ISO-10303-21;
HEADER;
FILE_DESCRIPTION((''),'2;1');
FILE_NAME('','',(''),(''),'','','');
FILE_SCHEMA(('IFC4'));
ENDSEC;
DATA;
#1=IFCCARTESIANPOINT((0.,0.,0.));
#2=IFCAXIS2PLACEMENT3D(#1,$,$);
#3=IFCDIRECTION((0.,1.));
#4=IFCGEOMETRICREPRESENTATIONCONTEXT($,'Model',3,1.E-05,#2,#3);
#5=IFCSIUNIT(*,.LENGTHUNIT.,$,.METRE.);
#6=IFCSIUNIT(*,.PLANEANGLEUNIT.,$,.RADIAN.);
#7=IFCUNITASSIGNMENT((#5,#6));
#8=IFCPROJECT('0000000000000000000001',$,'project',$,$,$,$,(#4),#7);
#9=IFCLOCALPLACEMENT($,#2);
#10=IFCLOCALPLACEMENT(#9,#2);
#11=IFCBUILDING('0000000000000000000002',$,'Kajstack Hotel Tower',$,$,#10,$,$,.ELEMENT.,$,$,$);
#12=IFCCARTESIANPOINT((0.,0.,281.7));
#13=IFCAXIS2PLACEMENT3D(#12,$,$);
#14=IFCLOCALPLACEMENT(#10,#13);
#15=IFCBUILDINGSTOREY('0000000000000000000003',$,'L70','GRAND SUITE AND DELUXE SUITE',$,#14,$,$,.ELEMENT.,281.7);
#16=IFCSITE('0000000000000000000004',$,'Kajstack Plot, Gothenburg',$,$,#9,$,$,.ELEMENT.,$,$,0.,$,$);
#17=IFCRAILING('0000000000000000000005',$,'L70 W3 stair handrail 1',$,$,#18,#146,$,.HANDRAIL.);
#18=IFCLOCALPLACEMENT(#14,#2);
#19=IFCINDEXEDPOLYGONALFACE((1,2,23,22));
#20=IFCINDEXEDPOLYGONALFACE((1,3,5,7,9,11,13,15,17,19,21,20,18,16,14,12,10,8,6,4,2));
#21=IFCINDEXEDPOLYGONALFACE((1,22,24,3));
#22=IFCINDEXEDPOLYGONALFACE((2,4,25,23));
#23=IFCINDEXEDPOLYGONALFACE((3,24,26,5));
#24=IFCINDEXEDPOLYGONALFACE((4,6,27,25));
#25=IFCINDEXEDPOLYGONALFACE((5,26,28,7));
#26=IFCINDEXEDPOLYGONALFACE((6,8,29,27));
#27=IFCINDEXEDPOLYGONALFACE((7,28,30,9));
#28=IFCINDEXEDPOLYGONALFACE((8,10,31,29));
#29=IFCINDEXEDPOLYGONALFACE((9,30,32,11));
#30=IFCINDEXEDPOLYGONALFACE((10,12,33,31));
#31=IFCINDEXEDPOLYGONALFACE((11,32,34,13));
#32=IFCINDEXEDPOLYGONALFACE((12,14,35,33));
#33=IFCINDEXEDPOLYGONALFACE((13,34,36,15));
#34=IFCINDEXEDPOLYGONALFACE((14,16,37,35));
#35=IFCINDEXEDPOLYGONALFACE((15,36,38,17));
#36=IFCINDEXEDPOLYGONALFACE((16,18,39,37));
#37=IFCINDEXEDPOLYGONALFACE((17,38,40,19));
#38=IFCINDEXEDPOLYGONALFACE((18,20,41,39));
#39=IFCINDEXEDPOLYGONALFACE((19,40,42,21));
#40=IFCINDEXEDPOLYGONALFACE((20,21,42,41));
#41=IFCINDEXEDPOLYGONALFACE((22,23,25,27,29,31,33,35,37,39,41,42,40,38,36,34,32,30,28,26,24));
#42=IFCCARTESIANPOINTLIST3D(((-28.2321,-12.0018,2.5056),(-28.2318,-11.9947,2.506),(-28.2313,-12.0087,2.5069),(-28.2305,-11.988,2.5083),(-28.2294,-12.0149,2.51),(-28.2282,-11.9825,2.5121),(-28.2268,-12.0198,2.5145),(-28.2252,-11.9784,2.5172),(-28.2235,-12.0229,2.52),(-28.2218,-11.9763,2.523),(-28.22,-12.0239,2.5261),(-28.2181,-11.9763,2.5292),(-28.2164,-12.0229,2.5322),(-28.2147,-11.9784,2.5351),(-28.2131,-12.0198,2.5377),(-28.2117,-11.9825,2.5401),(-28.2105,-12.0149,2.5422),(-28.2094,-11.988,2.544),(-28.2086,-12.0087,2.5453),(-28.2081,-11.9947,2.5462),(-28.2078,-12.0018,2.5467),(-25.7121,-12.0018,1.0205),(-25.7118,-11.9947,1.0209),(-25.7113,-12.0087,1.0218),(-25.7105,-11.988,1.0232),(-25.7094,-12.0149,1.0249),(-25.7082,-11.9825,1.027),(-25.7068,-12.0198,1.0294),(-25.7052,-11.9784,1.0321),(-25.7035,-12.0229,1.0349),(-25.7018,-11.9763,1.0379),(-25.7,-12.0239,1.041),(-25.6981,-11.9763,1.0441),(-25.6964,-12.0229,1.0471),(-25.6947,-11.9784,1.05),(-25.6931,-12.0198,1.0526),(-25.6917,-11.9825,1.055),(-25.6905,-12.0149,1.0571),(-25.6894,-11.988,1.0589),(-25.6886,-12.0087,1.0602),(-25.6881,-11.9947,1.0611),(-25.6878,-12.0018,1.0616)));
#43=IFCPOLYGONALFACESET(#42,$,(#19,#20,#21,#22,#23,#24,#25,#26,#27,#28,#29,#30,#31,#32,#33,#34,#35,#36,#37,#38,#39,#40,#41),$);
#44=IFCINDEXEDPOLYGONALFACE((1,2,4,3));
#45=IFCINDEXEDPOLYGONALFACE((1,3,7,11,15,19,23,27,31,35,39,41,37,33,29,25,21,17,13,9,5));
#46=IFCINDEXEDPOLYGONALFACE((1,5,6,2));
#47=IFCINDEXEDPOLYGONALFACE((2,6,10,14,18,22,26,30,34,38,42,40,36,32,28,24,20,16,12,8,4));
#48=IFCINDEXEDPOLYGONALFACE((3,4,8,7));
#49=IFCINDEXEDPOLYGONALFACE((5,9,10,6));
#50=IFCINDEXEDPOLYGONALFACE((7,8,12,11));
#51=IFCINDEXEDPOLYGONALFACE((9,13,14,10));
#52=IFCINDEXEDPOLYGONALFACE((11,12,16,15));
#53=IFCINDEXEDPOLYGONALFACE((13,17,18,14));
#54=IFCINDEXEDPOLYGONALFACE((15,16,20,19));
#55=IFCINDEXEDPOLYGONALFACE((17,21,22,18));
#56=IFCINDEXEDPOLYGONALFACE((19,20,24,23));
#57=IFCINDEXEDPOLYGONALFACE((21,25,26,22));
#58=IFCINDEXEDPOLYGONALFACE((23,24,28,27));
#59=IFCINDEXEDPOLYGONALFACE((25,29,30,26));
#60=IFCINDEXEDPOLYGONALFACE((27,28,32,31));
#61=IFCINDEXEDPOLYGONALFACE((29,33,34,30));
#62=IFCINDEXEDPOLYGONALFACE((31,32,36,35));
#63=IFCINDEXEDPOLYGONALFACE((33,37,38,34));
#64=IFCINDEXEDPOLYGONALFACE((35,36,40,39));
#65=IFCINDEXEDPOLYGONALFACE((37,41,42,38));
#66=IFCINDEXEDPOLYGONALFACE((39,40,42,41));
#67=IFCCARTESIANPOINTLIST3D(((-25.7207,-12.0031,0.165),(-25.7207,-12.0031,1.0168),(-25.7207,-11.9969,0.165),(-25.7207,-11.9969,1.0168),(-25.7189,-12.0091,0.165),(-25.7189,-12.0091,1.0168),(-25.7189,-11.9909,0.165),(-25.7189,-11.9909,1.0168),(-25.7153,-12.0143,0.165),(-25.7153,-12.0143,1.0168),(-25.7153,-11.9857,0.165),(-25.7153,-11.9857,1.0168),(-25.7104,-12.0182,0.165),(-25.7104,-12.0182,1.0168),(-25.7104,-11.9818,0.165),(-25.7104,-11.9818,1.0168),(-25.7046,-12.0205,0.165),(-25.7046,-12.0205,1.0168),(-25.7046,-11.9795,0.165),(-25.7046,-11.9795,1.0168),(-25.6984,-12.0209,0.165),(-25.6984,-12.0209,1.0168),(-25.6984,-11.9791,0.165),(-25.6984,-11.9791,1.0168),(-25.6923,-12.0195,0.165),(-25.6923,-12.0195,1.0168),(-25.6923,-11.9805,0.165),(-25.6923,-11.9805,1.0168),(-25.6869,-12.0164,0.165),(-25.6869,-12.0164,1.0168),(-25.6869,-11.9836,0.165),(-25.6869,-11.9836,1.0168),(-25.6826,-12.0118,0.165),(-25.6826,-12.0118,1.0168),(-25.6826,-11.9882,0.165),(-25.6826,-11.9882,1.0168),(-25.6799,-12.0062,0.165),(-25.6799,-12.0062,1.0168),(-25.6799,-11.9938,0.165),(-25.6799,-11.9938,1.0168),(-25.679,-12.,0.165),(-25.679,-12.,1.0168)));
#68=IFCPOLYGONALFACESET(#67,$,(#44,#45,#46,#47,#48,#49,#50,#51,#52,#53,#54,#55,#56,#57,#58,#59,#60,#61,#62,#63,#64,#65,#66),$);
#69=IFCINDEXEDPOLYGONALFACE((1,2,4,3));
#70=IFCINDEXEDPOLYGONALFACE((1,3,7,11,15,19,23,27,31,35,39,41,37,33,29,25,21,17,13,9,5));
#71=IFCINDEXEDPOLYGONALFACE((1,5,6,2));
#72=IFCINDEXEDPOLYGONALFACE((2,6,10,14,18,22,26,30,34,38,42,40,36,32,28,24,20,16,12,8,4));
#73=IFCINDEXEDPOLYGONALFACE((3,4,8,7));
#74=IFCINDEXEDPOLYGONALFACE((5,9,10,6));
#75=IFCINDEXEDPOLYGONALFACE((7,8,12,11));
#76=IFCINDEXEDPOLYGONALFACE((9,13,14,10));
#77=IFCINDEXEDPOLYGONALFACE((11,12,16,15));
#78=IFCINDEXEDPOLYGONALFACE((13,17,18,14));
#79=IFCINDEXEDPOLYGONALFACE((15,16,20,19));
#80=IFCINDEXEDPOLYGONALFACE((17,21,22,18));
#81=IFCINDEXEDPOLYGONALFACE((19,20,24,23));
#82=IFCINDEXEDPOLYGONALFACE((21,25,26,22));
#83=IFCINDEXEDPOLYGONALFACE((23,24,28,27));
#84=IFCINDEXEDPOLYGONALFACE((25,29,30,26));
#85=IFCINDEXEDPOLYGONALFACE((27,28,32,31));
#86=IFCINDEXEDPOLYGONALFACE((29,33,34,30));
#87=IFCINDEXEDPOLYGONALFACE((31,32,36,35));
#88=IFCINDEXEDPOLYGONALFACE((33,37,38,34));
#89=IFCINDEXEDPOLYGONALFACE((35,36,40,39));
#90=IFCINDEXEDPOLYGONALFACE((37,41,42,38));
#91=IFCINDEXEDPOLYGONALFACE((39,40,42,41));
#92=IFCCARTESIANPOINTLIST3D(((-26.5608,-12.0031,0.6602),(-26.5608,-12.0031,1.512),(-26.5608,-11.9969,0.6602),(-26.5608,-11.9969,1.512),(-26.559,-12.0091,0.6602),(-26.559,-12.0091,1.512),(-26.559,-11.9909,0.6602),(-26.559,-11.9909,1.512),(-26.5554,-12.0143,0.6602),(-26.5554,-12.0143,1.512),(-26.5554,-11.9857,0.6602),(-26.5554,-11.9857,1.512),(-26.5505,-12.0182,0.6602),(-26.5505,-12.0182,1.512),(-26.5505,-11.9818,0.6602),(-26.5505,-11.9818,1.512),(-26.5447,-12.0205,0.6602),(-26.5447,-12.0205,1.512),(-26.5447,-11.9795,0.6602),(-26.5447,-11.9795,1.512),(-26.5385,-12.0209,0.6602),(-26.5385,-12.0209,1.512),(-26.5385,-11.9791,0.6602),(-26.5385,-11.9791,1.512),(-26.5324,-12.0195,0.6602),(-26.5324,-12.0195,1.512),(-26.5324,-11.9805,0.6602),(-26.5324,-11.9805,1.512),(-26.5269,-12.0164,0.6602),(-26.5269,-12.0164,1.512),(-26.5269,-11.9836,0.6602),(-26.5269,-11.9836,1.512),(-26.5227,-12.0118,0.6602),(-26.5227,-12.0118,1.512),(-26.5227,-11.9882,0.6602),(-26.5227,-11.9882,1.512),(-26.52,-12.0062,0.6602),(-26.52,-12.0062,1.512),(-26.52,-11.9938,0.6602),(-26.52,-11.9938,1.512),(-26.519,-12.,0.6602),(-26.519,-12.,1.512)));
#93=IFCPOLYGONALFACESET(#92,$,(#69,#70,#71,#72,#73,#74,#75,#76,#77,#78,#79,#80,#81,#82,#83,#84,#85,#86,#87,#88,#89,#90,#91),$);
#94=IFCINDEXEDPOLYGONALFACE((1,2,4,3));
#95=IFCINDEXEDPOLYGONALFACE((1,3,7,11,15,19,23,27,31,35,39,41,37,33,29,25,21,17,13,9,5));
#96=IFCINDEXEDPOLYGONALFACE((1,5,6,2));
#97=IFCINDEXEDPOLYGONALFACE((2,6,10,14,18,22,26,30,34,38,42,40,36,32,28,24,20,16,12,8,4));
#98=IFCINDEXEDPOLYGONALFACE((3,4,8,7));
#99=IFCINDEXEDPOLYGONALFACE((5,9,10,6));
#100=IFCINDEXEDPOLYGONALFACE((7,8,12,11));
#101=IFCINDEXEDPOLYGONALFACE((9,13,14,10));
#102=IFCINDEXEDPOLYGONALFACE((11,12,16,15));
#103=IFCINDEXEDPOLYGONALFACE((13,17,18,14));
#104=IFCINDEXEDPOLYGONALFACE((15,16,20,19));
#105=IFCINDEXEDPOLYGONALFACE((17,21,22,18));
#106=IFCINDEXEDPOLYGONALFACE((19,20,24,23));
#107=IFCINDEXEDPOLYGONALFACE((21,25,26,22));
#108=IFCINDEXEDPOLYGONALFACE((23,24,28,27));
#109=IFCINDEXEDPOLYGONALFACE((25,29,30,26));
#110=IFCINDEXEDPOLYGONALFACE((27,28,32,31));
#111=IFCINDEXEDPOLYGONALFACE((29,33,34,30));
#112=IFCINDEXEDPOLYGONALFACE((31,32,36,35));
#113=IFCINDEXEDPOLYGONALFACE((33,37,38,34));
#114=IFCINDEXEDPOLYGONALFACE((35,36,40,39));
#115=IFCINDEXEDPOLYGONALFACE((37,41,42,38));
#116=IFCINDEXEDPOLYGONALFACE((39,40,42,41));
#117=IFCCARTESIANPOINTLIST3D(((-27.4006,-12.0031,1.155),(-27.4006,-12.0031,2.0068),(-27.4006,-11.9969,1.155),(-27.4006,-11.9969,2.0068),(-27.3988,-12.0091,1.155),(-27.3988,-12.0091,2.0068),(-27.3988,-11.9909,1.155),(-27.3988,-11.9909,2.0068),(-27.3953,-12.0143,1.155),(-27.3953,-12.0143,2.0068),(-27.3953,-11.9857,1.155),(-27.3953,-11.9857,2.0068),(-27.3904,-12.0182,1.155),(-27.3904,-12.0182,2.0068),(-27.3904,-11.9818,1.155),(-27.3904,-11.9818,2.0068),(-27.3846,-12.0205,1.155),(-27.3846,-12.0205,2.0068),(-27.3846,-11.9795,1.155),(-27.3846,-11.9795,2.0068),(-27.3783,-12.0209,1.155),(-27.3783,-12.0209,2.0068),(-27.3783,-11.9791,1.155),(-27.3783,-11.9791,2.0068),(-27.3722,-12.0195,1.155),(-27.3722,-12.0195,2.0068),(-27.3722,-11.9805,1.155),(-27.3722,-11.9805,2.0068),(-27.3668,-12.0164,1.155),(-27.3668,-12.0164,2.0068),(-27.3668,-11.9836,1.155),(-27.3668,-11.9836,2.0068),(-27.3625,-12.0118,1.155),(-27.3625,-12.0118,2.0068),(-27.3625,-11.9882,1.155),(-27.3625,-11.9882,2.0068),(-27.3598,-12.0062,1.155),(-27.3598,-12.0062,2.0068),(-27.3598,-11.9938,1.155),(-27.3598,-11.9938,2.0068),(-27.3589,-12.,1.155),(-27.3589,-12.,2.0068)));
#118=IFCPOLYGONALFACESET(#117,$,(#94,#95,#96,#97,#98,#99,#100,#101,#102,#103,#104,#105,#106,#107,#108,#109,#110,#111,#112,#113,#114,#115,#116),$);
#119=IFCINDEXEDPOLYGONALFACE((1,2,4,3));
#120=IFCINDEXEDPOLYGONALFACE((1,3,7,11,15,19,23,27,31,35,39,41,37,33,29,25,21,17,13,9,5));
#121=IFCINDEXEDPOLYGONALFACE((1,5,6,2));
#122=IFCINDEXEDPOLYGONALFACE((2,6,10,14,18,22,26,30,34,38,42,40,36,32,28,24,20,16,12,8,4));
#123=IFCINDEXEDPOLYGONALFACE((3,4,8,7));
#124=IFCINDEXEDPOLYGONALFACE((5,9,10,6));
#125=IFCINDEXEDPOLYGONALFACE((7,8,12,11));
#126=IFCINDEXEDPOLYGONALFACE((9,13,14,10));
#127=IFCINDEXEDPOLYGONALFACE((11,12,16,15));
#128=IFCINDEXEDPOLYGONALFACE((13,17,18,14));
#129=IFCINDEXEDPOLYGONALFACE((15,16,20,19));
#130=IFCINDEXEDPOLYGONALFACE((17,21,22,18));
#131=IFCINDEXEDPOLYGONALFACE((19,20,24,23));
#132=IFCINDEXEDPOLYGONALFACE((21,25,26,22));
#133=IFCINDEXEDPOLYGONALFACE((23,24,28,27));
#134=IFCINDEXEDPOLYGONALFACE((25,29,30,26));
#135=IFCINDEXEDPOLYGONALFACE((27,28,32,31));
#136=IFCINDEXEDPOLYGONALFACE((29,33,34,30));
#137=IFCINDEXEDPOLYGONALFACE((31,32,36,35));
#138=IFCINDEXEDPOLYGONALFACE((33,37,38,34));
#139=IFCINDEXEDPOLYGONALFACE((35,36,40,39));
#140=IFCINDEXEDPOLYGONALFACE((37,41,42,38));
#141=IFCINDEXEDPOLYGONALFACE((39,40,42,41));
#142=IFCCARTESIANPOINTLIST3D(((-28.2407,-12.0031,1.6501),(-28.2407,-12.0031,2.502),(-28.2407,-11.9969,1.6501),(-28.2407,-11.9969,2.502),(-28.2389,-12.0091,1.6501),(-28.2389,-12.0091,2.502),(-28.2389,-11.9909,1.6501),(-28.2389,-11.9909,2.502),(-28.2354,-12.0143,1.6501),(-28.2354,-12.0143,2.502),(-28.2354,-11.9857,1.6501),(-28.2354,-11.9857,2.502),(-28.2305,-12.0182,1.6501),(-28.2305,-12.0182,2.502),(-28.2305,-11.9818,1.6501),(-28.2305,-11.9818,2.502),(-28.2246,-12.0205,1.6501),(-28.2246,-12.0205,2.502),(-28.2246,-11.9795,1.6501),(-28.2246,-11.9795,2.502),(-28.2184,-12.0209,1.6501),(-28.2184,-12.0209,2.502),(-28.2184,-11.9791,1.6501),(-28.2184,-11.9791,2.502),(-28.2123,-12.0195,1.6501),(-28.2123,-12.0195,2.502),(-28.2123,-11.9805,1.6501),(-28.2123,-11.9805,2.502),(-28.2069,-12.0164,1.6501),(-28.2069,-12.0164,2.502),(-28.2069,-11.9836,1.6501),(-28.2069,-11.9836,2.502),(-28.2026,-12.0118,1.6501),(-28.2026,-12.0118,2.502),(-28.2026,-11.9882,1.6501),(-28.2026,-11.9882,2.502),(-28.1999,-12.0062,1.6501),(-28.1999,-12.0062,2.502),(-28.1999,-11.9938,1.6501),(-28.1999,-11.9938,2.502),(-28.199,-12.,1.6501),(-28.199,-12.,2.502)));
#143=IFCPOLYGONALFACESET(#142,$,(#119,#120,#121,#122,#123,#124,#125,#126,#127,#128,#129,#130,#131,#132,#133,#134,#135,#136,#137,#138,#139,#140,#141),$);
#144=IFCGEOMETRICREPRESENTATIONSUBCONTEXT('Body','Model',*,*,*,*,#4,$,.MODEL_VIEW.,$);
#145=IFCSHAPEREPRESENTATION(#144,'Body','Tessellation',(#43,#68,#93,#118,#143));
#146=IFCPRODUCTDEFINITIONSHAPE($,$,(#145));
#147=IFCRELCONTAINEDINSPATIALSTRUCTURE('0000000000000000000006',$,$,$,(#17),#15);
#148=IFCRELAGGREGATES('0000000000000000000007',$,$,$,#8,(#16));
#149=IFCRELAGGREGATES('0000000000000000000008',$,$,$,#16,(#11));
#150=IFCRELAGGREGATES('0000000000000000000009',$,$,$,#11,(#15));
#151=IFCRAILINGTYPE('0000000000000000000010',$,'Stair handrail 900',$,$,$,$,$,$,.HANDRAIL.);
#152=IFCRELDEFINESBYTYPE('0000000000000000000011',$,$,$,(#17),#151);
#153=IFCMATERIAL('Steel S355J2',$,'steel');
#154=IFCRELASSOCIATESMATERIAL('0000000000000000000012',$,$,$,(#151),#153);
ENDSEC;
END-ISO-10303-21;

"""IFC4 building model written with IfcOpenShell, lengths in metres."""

from ifc_helpers import new_model, si_unit, direction, frame, origin, origin_2d, place, context, subcontext, project, spatial, circle, extrude, material, type_object, element, save


model = new_model("IFC4")

# Units and contexts
model_context = context("Model", 3, precision=1e-05, world=origin(), true_north=direction((0.0, 1.0)))
body_context = subcontext(model_context, "Body", "Model", "MODEL_VIEW")
ifc_project = project(units=[si_unit("LENGTHUNIT", "METRE"), si_unit("PLANEANGLEUNIT", "RADIAN")], contexts=[model_context])

# Site, building, storey
site_placement = place(None, origin())
site = spatial("IfcSite", under=ifc_project, at=site_placement, Name="Kajstack Plot, Gothenburg", CompositionType="ELEMENT", RefElevation=0.0)
building_placement = place(site_placement, origin())
building = spatial("IfcBuilding", under=site, at=building_placement, Name="Kajstack Hotel Tower", CompositionType="ELEMENT")
storey_placement = place(building_placement, frame((0.0, 0.0, 281.7)))
storey = spatial("IfcBuildingStorey", under=building, at=storey_placement, Name="L70", Description="GRAND SUITE AND DELUXE SUITE", CompositionType="ELEMENT", Elevation=281.7)

# Railing
ifc_material_1 = material(Name="Steel S355J2", Category="steel")
railing_type_1 = type_object("IfcRailingType", Name="Stair handrail 900", PredefinedType="HANDRAIL", material=ifc_material_1)
railing_1_placement = place(storey_placement, frame((-25.7, -12.0, 0.165)))
element("IfcRailing", 1, at=railing_1_placement, inside=storey, type_object=railing_type_1, Name="L70 W3 stair handrail 1", PredefinedType="HANDRAIL", context=body_context, shape_type="SweptSolid", body=[
    extrude(circle(Radius=0.0239, at=origin_2d()), frame((0.0, 0.0, 0.876), z_axis=(-0.861524, 0.0, 0.507717), x_axis=(0.0, -1.0, 0.0)), (0.0, 0.0, 1.0), 2.925),
    extrude(circle(Radius=0.021, at=origin_2d()), origin(), (0.0, 0.0, 1.0), 0.8518),
    extrude(circle(Radius=0.021, at=origin_2d()), frame((-0.8401, 0.0, 0.4951)), (0.0, 0.0, 1.0), 0.8518),
    extrude(circle(Radius=0.021, at=origin_2d()), frame((-1.6799, 0.0, 0.99)), (0.0, 0.0, 1.0), 0.8518),
    extrude(circle(Radius=0.021, at=origin_2d()), frame((-2.52, 0.0, 1.4851)), (0.0, 0.0, 1.0), 0.8518),
])

save(model, "model.ifc")
